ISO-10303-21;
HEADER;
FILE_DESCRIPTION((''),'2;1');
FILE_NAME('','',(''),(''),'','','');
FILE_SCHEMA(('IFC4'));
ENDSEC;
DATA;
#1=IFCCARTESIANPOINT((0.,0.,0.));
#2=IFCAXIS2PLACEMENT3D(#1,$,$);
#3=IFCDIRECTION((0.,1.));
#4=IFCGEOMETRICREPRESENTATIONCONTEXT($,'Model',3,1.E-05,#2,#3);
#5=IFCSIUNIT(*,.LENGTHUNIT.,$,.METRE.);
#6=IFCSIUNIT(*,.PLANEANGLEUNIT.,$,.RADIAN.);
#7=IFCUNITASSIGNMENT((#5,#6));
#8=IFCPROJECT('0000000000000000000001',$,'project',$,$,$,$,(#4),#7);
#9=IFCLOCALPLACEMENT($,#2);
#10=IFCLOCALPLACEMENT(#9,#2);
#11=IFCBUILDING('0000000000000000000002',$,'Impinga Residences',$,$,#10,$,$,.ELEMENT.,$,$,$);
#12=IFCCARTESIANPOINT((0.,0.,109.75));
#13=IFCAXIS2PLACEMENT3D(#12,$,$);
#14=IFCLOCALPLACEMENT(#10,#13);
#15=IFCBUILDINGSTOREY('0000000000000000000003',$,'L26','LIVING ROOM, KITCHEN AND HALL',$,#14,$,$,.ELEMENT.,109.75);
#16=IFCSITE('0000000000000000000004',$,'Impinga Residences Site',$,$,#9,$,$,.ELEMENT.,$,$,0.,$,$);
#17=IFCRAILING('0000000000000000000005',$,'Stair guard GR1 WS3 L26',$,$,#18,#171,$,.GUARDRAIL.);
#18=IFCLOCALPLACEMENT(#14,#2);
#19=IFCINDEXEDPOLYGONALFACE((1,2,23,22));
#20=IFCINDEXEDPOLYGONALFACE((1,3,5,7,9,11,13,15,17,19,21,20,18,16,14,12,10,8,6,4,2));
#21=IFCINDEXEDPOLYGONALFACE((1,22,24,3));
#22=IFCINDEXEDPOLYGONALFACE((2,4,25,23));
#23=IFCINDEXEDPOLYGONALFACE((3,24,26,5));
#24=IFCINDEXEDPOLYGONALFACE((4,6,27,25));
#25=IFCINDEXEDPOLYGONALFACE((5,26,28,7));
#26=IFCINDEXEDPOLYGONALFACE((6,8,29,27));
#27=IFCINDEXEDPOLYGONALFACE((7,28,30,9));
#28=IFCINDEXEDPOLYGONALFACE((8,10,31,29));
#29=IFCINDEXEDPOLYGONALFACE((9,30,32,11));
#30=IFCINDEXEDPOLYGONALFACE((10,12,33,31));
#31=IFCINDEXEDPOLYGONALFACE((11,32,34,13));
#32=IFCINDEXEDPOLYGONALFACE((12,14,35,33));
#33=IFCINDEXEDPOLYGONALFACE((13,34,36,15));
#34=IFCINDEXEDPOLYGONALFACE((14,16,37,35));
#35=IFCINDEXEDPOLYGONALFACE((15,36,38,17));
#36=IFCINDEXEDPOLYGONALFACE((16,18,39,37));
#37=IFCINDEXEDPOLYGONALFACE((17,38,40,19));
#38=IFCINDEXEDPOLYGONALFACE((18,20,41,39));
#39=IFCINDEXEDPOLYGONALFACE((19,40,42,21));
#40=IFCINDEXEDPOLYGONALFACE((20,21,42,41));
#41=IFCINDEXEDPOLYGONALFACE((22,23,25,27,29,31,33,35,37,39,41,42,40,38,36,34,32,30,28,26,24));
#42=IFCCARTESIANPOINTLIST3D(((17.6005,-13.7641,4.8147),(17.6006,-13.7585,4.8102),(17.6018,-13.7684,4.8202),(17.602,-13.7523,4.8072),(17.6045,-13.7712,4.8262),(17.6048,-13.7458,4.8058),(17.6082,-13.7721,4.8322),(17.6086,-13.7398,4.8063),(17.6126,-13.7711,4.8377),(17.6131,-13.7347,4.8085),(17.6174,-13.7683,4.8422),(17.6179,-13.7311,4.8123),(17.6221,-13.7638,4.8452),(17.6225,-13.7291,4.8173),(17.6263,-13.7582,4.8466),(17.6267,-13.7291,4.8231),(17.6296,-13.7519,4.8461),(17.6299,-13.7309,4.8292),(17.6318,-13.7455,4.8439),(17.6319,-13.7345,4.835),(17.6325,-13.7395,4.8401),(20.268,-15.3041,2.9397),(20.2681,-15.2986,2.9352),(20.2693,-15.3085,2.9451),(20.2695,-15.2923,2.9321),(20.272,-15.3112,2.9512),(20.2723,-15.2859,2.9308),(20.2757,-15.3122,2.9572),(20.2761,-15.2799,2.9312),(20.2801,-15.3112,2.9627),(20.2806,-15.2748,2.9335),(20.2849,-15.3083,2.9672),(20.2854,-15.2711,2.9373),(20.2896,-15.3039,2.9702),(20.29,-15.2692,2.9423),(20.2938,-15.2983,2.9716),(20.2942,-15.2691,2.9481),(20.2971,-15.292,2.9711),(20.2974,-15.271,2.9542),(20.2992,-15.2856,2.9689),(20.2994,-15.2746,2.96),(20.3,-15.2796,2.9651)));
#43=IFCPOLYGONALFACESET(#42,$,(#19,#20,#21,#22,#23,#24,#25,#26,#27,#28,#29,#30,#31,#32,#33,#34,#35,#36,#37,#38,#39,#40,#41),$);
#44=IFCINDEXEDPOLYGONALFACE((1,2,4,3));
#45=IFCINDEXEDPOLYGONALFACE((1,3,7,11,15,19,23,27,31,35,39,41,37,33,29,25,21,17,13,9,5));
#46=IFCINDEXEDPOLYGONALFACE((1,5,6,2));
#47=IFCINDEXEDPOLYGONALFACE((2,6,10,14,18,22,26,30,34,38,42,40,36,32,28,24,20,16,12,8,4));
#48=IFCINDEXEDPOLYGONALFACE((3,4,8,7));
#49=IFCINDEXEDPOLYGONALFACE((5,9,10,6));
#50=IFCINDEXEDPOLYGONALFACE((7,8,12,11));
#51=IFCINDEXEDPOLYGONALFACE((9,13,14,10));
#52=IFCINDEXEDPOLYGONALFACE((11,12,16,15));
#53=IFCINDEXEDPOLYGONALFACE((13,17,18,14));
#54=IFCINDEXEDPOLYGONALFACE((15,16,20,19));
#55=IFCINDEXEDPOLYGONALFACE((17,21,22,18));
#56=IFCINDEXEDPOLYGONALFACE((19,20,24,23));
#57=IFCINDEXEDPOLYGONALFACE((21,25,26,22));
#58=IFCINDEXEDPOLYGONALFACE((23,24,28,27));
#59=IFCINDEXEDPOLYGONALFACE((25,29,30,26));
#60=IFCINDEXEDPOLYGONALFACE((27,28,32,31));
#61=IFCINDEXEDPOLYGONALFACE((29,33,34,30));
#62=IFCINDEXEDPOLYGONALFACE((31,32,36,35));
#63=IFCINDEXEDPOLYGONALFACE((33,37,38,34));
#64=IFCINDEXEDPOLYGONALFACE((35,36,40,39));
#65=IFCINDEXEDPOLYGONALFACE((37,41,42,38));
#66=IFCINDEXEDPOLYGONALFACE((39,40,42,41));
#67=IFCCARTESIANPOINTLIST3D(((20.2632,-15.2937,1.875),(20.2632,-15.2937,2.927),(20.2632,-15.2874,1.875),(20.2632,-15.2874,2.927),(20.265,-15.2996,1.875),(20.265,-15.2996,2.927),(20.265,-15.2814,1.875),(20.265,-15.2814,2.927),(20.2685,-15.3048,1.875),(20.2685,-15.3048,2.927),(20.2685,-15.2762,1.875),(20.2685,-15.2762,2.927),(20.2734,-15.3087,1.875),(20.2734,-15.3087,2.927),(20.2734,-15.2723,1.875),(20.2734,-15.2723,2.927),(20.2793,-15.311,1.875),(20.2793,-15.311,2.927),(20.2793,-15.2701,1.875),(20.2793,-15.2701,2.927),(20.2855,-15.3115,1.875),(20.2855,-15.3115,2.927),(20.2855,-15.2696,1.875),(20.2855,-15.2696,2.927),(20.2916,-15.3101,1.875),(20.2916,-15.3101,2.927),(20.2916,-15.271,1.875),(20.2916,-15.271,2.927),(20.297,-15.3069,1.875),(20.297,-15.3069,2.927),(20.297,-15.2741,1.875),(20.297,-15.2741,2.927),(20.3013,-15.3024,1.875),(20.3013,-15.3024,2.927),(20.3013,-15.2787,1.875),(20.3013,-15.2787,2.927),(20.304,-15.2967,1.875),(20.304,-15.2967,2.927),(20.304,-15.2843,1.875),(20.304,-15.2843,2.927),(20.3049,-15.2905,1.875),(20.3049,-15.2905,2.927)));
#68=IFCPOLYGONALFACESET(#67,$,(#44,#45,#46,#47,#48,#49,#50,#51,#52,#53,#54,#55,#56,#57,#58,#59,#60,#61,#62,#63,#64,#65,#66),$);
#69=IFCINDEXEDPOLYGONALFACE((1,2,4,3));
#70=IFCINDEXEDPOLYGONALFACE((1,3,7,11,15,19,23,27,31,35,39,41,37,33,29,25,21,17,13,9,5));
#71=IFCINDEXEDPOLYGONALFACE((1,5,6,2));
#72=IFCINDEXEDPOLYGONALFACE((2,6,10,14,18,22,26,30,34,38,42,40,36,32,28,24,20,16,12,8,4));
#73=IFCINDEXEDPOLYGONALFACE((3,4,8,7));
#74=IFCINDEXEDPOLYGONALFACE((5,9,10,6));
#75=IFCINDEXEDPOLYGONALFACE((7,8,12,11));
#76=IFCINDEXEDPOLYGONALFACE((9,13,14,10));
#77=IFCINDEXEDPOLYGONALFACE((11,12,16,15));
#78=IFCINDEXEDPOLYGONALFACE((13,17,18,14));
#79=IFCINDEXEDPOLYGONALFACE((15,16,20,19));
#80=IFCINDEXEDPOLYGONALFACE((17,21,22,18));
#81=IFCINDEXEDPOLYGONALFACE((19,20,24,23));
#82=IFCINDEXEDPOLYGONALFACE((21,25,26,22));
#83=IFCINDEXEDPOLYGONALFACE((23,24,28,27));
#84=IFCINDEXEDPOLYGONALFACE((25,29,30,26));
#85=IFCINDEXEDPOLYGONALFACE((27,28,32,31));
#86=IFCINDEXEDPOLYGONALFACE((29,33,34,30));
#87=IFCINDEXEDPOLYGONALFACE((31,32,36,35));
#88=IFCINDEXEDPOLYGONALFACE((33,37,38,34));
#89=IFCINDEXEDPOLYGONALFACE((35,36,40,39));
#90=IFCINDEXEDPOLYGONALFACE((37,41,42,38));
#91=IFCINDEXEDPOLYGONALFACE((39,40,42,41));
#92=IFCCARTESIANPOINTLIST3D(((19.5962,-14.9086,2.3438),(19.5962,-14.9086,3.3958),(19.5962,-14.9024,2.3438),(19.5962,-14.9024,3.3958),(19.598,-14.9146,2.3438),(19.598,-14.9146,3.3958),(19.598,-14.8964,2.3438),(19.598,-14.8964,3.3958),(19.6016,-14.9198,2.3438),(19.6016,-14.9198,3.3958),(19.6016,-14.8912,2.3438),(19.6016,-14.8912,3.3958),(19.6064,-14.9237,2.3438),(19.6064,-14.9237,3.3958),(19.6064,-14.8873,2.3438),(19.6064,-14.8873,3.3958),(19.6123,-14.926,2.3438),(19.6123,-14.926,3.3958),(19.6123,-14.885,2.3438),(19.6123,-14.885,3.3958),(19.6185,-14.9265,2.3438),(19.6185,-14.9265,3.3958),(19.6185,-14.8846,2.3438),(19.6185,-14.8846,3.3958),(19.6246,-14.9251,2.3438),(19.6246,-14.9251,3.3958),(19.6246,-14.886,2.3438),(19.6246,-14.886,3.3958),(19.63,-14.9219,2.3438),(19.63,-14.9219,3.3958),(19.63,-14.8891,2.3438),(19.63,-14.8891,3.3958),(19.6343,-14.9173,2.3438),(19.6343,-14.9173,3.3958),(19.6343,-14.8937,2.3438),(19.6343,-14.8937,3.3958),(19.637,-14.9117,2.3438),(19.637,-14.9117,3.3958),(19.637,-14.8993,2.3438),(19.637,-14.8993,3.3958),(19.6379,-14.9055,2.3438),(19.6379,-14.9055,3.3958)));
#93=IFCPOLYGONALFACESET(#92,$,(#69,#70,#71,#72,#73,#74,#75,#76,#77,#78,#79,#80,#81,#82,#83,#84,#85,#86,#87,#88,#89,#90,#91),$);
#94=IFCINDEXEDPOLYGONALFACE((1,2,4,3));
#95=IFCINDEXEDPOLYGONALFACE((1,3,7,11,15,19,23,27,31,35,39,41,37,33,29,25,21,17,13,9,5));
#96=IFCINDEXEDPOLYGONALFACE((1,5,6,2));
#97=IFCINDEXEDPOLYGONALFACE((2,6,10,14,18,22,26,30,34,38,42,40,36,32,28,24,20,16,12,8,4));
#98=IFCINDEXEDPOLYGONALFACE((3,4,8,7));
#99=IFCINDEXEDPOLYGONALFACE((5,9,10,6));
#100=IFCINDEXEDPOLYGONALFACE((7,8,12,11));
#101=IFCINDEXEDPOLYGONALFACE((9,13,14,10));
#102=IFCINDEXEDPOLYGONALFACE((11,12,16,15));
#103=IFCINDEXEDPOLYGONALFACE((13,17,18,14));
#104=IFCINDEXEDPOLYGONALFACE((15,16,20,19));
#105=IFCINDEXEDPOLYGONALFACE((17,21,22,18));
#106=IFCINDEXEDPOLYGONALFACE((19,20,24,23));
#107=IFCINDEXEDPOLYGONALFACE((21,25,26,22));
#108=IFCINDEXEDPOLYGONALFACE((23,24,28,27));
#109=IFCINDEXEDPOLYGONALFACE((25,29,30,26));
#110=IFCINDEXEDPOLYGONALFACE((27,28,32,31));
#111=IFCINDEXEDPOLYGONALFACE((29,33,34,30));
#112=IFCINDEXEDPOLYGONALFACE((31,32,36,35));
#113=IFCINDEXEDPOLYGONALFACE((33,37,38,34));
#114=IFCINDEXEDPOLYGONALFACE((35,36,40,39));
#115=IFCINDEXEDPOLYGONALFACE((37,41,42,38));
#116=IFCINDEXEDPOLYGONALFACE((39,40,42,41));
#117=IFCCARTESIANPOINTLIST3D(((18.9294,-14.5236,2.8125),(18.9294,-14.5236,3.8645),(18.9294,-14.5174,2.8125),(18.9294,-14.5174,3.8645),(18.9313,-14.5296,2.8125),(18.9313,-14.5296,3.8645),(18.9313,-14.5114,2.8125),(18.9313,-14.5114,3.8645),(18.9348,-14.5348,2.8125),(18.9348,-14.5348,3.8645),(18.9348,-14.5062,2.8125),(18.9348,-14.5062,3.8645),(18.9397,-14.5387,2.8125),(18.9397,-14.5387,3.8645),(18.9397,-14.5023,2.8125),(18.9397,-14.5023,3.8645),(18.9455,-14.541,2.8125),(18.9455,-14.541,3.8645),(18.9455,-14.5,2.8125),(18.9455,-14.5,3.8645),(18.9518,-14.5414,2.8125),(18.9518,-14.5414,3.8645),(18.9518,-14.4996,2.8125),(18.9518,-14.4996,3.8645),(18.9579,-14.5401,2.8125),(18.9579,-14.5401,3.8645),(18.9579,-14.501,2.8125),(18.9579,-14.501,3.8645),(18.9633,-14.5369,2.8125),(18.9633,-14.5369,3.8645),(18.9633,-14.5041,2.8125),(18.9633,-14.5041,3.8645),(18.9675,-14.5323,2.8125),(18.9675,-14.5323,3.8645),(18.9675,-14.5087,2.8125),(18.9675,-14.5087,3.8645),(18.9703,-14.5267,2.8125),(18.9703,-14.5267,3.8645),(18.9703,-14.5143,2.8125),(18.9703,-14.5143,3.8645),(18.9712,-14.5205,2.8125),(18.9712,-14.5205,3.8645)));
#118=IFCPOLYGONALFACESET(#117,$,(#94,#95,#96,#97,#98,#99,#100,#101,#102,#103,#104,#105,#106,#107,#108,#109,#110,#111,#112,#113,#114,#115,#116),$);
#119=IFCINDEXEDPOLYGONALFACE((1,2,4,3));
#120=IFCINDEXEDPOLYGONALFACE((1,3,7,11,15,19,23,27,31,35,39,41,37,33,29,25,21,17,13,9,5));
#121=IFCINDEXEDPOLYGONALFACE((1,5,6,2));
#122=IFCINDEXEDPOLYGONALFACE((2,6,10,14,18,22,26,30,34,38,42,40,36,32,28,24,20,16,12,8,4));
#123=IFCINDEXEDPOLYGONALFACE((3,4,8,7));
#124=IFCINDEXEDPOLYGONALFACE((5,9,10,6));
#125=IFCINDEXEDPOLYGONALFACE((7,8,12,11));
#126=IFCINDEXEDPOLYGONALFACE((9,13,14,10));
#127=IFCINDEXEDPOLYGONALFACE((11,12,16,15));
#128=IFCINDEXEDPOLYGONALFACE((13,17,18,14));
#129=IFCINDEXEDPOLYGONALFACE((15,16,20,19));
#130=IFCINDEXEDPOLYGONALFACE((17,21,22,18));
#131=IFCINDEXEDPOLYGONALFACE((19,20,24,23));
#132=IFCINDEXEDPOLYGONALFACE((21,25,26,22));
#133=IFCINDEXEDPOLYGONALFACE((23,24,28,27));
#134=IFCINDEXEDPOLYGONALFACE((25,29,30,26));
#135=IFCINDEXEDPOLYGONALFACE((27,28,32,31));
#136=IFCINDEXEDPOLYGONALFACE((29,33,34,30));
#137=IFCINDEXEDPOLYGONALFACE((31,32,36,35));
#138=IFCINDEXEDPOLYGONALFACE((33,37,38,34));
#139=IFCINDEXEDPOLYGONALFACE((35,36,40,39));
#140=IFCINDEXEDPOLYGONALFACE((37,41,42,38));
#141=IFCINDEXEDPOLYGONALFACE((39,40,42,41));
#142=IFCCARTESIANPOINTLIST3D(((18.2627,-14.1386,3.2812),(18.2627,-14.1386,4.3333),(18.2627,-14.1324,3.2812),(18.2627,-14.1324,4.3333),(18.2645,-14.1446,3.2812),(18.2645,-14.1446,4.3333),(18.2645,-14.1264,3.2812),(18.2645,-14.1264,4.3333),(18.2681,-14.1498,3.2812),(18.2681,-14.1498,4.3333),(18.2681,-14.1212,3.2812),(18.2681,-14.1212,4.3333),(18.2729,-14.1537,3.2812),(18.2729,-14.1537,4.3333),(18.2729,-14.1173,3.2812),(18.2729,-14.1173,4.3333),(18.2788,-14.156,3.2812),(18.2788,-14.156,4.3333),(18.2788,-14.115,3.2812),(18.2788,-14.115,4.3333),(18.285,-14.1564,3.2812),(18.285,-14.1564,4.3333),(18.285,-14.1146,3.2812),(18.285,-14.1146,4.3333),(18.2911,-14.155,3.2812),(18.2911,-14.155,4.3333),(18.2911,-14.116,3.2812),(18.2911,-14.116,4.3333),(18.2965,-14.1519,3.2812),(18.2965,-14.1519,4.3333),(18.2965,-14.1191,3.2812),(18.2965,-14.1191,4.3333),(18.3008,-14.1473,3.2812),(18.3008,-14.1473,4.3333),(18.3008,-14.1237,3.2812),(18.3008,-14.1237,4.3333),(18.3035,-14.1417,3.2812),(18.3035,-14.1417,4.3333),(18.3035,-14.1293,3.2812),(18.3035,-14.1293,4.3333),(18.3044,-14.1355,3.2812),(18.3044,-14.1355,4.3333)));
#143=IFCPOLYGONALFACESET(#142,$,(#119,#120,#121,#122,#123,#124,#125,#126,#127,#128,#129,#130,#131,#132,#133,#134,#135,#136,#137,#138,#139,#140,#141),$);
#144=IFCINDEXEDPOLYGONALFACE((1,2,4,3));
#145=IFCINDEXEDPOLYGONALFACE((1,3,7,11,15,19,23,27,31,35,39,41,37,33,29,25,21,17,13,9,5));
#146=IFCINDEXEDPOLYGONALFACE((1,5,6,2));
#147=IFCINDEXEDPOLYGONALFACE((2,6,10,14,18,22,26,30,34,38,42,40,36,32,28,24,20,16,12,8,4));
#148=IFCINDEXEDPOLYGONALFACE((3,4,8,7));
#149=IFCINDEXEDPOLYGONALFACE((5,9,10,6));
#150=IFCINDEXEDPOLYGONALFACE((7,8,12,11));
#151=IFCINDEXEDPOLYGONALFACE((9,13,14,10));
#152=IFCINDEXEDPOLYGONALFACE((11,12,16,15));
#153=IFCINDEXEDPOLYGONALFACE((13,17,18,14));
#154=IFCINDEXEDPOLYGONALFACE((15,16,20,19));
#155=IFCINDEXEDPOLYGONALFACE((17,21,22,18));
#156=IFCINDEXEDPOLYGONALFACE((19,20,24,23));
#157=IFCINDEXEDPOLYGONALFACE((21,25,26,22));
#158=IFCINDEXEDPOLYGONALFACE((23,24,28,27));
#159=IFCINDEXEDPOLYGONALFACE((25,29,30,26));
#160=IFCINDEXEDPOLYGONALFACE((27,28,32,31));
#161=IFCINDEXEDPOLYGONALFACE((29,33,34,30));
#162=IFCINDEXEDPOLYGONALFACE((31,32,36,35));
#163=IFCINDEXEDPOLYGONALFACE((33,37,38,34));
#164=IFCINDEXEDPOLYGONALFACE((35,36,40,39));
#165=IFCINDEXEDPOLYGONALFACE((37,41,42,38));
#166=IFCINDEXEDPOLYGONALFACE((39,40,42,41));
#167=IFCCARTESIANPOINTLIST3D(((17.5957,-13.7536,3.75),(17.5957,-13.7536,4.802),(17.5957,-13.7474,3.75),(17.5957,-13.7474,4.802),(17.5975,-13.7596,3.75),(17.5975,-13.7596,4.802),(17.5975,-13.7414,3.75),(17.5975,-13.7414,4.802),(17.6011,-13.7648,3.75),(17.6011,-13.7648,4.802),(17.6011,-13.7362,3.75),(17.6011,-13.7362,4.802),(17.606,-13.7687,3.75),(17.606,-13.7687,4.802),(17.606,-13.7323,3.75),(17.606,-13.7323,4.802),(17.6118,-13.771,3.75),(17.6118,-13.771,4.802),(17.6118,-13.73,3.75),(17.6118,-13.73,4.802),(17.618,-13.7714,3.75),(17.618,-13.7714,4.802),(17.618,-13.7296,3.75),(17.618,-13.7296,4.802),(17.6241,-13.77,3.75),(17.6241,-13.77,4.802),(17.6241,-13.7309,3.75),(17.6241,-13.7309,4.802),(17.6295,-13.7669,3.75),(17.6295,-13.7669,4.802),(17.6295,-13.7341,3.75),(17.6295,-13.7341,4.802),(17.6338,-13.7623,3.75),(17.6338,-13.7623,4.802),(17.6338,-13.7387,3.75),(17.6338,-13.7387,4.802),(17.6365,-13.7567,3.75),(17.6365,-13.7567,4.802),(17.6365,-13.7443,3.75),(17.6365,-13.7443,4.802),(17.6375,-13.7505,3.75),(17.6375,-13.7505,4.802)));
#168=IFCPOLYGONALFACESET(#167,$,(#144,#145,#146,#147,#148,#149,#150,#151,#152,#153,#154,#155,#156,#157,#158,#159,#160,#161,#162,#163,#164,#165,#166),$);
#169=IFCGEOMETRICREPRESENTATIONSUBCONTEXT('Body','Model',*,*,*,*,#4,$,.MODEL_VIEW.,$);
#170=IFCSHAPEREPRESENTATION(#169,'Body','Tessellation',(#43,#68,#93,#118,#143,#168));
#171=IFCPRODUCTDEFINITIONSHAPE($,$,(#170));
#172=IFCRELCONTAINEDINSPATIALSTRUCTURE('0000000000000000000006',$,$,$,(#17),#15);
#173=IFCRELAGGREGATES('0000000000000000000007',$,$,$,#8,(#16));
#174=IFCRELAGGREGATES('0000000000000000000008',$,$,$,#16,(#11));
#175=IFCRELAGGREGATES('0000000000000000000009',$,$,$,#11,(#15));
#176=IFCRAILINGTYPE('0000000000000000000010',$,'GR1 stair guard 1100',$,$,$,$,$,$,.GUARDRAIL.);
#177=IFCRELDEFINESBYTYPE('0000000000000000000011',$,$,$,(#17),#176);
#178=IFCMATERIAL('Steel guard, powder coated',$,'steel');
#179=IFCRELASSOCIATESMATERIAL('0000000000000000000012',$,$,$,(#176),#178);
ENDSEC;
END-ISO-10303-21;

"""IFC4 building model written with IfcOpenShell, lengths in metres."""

from ifc_helpers import new_model, si_unit, direction, frame, origin, origin_2d, place, context, subcontext, project, spatial, circle, extrude, material, type_object, element, save


model = new_model("IFC4")

# Units and contexts
model_context = context("Model", 3, precision=1e-05, world=origin(), true_north=direction((0.0, 1.0)))
body_context = subcontext(model_context, "Body", "Model", "MODEL_VIEW")
ifc_project = project(units=[si_unit("LENGTHUNIT", "METRE"), si_unit("PLANEANGLEUNIT", "RADIAN")], contexts=[model_context])

# Site, building, storey
site_placement = place(None, origin())
site = spatial("IfcSite", under=ifc_project, at=site_placement, Name="Impinga Residences Site", CompositionType="ELEMENT", RefElevation=0.0)
building_placement = place(site_placement, origin())
building = spatial("IfcBuilding", under=site, at=building_placement, Name="Impinga Residences", CompositionType="ELEMENT")
storey_placement = place(building_placement, frame((0.0, 0.0, 109.75)))
storey = spatial("IfcBuildingStorey", under=building, at=storey_placement, Name="L26", Description="LIVING ROOM, KITCHEN AND HALL", CompositionType="ELEMENT", Elevation=109.75)

# Railing
ifc_material_1 = material(Name="Steel guard, powder coated", Category="steel")
railing_type_1 = type_object("IfcRailingType", Name="GR1 stair guard 1100", PredefinedType="GUARDRAIL", material=ifc_material_1)
railing_1_placement = place(storey_placement, frame((20.2839, -15.2905, 1.875)))
element("IfcRailing", 1, at=railing_1_placement, inside=storey, type_object=railing_type_1, Name="Stair guard GR1 WS3 L26", PredefinedType="GUARDRAIL", context=body_context, shape_type="SweptSolid", body=[
    extrude(circle(Radius=0.0239, at=origin_2d()), frame((0.0, 0.0, 1.0762), z_axis=(-0.739746, 0.427084, 0.519975), x_axis=(-0.499992, -0.86603, 0.0)), (0.0, 0.0, 1.0), 3.606),
    extrude(circle(Radius=0.021, at=origin_2d()), origin(), (0.0, 0.0, 1.0), 1.052),
    extrude(circle(Radius=0.021, at=origin_2d()), frame((-0.667, 0.385, 0.4688)), (0.0, 0.0, 1.0), 1.052),
    extrude(circle(Radius=0.021, at=origin_2d()), frame((-1.3337, 0.77, 0.9375)), (0.0, 0.0, 1.0), 1.052),
    extrude(circle(Radius=0.021, at=origin_2d()), frame((-2.0005, 1.155, 1.4062)), (0.0, 0.0, 1.0), 1.052),
    extrude(circle(Radius=0.021, at=origin_2d()), frame((-2.6675, 1.54, 1.875)), (0.0, 0.0, 1.0), 1.052),
])

save(model, "model.ifc")
